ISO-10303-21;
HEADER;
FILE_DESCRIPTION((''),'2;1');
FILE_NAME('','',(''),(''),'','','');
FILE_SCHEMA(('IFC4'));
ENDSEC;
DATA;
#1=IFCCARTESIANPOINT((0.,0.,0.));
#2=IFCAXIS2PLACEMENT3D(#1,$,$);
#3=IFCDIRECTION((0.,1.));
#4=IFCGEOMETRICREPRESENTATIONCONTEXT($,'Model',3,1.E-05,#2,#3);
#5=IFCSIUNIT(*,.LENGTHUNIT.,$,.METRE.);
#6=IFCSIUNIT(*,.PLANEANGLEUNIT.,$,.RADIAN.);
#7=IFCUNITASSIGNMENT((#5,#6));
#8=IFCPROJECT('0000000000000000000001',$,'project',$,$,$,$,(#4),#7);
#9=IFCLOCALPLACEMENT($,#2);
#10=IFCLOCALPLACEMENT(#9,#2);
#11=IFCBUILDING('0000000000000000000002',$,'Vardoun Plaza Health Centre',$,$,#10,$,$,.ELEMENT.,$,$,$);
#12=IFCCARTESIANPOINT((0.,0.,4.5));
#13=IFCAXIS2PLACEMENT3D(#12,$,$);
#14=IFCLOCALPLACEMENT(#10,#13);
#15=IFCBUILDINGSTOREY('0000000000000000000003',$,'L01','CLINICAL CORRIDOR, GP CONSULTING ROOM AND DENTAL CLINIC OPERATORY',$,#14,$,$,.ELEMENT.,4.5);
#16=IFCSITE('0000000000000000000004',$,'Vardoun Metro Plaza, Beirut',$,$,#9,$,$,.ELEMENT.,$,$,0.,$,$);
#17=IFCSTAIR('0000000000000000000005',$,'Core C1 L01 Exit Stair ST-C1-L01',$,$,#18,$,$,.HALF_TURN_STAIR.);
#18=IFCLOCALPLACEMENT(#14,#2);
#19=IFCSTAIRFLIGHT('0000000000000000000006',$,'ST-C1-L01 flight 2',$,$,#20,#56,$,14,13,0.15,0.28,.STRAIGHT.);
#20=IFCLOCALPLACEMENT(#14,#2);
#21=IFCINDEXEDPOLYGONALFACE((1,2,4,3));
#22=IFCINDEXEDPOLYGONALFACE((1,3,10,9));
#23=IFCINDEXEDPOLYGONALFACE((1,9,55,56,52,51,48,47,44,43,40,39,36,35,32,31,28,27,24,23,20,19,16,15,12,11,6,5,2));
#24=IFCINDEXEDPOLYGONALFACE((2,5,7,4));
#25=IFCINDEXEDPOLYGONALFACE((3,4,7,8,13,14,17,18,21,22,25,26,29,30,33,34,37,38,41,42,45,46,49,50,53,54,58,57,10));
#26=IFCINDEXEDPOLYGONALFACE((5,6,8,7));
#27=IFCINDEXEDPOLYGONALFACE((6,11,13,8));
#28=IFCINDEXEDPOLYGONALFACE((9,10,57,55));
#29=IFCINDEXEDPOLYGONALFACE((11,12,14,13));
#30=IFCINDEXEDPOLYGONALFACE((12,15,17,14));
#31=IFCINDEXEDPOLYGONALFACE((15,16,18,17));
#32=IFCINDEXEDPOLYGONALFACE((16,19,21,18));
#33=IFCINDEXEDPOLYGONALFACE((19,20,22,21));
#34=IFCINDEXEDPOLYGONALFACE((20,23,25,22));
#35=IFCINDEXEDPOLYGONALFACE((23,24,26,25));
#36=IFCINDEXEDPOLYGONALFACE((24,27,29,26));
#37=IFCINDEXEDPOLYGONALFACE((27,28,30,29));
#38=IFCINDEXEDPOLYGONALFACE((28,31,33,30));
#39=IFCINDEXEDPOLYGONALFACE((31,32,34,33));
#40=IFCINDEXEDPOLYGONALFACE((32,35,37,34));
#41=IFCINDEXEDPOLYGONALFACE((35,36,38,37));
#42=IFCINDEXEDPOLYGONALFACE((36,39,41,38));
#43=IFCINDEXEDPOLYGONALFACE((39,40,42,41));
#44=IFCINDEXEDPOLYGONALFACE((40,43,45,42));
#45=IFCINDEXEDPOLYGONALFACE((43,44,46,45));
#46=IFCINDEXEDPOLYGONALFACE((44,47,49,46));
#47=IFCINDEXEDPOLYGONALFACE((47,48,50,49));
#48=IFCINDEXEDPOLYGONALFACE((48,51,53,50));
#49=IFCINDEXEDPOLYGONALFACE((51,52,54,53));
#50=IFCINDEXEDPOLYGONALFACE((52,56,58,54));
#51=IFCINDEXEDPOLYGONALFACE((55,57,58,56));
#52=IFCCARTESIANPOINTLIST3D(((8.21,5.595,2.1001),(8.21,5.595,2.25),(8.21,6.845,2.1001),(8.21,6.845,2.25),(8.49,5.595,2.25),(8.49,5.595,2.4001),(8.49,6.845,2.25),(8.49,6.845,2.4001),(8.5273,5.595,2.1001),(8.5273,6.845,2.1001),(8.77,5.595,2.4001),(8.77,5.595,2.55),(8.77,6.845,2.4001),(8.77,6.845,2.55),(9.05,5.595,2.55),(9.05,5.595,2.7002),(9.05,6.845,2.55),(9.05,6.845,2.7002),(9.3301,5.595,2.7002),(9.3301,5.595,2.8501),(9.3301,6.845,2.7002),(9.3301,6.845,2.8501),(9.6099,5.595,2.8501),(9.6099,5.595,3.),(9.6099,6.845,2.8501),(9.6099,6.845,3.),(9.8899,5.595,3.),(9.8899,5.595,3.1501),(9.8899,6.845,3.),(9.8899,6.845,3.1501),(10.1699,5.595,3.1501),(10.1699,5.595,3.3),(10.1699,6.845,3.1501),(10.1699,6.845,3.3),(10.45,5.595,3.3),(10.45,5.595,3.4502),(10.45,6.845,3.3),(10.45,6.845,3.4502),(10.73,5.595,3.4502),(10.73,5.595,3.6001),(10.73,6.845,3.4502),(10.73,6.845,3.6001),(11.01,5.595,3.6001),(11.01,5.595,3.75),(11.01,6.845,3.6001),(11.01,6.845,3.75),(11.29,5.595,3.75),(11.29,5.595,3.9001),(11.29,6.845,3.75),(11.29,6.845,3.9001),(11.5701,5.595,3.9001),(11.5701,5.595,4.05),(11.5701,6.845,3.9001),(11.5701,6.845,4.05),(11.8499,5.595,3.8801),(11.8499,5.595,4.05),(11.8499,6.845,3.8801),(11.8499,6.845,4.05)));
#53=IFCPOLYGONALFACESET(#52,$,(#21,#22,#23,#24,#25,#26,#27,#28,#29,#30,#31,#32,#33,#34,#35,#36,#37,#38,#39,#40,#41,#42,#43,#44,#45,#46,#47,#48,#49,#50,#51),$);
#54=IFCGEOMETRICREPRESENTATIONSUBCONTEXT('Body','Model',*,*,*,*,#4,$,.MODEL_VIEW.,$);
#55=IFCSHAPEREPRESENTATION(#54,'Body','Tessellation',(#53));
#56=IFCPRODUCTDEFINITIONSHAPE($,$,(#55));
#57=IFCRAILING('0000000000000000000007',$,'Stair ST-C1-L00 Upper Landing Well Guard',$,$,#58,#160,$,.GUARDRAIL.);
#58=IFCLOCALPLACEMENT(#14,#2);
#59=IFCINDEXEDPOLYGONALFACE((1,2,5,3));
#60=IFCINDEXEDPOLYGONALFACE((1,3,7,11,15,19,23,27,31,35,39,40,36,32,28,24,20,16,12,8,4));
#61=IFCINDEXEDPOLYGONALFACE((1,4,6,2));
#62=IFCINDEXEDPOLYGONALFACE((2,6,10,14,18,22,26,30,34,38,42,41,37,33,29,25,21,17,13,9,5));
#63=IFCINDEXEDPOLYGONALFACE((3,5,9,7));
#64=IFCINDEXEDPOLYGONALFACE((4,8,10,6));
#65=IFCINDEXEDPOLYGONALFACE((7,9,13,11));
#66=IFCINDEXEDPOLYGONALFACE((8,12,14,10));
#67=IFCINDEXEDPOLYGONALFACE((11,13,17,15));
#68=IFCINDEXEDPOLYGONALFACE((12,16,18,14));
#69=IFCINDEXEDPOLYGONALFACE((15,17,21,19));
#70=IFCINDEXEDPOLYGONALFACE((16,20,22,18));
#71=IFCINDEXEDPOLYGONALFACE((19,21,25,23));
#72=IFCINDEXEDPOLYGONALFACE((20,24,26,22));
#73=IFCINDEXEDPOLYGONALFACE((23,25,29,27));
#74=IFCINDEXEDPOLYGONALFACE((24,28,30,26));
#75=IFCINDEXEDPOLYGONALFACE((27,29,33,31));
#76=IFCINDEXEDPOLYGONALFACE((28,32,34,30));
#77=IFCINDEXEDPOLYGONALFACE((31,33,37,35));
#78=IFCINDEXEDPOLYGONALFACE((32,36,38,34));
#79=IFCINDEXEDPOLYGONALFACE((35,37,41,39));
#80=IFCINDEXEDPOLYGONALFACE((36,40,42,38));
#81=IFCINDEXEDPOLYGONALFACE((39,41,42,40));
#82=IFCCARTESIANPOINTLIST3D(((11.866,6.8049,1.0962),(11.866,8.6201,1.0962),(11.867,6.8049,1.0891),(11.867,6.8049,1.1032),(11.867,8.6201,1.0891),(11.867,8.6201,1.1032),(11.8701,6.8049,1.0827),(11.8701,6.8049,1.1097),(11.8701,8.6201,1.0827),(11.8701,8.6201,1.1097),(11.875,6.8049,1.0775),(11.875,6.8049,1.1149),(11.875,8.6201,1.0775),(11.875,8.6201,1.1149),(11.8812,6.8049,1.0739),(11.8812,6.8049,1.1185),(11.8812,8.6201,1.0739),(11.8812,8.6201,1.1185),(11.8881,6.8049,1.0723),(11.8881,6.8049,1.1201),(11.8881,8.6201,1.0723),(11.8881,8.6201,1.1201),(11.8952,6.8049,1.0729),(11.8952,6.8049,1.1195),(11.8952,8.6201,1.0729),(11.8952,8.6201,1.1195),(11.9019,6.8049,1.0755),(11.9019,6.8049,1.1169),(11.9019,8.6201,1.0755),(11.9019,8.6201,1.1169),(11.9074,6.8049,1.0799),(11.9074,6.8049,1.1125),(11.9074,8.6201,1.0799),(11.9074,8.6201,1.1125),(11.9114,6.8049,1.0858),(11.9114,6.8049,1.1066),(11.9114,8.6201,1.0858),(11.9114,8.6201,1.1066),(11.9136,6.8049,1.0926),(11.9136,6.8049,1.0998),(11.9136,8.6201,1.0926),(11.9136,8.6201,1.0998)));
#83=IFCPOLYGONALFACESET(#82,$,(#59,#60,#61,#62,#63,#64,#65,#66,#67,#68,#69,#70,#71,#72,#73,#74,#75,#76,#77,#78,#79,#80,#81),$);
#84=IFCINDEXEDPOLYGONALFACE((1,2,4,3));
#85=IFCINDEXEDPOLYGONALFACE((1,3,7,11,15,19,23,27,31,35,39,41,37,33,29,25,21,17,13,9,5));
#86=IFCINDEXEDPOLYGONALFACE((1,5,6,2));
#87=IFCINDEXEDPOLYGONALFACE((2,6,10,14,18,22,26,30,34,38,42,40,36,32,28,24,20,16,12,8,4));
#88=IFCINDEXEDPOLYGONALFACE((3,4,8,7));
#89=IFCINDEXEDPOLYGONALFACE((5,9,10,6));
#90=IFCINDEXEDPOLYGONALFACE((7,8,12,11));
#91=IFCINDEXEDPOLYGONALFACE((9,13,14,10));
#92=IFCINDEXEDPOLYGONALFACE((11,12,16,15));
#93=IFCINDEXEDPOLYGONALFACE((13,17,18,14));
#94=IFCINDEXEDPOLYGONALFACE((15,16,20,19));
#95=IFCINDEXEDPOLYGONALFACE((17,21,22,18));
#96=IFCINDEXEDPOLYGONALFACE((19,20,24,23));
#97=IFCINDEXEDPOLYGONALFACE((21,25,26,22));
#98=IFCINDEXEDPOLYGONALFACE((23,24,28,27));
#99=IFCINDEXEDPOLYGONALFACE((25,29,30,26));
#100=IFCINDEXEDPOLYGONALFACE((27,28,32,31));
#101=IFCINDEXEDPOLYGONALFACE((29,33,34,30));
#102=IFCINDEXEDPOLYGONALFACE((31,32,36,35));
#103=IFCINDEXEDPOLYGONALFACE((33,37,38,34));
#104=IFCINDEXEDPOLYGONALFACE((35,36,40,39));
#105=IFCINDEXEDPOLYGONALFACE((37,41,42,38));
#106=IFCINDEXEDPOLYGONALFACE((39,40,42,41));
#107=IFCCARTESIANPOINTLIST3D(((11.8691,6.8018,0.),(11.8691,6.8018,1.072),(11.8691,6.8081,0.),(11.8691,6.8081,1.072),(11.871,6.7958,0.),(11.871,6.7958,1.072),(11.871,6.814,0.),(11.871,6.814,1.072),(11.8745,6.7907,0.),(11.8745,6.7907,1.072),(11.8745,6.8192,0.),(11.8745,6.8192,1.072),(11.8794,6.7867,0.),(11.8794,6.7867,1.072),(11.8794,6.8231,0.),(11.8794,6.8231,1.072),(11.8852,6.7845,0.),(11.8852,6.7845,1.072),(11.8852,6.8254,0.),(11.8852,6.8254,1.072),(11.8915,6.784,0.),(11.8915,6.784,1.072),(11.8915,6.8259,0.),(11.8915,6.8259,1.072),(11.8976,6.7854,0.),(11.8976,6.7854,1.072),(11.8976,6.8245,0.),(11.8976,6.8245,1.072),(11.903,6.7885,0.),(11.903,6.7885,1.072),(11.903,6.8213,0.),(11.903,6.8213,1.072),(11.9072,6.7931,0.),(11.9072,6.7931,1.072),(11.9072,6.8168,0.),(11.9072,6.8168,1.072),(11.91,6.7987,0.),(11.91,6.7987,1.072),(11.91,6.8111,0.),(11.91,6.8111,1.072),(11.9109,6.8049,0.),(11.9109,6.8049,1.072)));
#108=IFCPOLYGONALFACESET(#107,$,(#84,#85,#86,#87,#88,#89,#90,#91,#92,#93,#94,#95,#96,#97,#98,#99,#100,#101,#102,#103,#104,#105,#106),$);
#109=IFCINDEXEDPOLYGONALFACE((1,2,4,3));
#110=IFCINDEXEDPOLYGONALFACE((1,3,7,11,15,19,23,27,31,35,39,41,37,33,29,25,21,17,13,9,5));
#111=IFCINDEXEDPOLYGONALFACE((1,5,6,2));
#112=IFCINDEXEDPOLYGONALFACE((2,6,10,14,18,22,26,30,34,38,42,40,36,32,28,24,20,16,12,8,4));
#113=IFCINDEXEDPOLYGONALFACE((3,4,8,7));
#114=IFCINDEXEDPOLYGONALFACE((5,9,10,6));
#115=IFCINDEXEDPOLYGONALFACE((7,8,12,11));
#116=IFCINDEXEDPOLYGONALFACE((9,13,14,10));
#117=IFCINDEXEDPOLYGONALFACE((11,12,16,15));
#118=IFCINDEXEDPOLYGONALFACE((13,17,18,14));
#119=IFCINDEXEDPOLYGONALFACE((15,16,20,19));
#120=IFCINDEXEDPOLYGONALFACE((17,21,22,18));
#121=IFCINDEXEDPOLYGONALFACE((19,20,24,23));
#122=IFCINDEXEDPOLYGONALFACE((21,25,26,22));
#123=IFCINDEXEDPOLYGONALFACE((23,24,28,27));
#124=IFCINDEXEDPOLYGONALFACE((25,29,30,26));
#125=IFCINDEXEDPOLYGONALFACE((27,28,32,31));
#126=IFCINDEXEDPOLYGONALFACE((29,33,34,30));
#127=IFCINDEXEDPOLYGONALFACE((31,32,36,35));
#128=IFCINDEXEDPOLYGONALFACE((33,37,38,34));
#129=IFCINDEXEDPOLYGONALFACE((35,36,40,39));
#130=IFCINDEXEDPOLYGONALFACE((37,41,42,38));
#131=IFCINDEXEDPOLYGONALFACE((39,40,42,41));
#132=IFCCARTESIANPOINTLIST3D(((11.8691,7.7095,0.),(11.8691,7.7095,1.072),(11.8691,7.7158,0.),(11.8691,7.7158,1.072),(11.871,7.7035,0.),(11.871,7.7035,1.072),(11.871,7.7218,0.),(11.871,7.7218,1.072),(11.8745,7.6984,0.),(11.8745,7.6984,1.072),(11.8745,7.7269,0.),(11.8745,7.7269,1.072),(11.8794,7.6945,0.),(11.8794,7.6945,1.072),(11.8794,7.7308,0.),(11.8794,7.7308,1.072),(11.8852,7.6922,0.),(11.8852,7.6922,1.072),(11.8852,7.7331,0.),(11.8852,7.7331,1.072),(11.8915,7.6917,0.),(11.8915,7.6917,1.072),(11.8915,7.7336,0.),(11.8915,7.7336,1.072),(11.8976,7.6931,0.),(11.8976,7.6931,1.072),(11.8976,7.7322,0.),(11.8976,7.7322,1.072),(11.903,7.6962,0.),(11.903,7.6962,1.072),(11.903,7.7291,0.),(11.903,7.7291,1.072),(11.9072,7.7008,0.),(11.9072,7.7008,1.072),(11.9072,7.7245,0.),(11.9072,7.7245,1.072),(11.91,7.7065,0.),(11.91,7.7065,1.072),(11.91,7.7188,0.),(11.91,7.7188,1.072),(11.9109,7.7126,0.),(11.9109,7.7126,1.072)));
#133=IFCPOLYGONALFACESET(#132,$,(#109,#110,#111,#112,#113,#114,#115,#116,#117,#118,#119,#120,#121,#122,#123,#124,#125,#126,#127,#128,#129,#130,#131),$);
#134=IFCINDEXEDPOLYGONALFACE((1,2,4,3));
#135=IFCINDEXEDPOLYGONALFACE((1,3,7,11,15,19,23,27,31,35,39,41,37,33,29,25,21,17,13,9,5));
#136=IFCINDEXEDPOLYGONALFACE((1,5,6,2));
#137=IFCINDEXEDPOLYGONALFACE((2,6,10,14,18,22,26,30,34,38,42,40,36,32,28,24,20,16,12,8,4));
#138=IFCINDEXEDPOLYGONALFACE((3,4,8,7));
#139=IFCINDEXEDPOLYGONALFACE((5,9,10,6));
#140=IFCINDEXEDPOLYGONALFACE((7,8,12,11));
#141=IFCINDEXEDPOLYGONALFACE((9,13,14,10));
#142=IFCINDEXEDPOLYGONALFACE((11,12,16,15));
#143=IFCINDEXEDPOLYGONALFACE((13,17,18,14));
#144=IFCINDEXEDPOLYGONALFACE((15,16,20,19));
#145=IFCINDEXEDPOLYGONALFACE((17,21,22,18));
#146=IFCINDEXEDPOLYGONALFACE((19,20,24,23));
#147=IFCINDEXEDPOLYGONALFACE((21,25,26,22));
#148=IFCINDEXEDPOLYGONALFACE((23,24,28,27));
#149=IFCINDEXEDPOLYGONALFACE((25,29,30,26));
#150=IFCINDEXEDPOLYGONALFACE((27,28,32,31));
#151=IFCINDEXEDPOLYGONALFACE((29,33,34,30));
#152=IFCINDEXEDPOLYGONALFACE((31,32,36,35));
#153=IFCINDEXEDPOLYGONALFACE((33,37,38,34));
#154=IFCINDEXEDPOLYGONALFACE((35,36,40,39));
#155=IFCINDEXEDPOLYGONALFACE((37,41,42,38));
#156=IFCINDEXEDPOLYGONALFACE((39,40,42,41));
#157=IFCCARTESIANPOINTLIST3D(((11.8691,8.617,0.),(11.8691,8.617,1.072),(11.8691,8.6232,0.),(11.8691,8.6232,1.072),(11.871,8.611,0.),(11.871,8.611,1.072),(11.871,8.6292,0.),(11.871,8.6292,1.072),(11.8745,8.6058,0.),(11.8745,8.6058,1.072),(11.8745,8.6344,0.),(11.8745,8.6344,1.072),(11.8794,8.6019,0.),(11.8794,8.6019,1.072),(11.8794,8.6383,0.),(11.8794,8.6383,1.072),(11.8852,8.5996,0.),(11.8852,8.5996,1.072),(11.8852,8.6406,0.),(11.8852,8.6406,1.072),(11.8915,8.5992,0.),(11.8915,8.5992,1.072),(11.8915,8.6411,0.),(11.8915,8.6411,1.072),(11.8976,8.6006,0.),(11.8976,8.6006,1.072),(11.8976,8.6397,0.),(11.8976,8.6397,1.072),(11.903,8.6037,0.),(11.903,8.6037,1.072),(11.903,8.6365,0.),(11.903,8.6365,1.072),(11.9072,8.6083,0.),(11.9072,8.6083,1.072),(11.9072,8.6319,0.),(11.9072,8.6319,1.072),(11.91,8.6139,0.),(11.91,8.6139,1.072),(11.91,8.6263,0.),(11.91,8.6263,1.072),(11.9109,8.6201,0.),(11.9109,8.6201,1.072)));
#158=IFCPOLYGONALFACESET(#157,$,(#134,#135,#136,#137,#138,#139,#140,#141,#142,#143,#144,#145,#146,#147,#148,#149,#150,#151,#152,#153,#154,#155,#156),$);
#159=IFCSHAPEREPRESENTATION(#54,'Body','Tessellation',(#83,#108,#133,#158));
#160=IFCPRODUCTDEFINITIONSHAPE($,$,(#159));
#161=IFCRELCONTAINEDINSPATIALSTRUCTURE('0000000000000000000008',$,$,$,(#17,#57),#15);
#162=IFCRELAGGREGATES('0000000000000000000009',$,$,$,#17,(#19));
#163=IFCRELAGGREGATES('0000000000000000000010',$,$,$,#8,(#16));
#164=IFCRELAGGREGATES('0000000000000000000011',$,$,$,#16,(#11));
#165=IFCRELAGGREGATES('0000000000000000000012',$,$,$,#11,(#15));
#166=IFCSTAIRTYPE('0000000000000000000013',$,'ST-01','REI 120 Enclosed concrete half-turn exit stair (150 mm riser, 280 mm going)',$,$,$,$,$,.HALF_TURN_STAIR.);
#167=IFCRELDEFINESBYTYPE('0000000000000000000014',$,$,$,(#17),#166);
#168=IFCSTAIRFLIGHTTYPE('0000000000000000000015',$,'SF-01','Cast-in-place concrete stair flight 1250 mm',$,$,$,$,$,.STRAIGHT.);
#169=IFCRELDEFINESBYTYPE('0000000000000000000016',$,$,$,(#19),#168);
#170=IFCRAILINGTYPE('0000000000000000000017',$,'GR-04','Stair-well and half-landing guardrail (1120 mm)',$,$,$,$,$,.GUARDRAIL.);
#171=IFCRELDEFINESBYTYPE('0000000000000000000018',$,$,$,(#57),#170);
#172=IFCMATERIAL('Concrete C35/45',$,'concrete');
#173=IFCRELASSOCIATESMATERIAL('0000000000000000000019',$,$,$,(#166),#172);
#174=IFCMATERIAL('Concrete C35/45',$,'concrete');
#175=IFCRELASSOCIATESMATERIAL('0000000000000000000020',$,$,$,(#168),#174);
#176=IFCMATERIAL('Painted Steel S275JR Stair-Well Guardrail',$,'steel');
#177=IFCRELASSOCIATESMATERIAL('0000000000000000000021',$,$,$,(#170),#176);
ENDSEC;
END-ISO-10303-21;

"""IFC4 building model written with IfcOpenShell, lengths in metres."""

from ifc_helpers import new_model, si_unit, direction, frame, origin, origin_2d, place, context, subcontext, project, spatial, polyline, circle, outline, extrude, material, type_object, element, aggregate, save


model = new_model("IFC4")

# Units and contexts
model_context = context("Model", 3, precision=1e-05, world=origin(), true_north=direction((0.0, 1.0)))
body_context = subcontext(model_context, "Body", "Model", "MODEL_VIEW")
ifc_project = project(units=[si_unit("LENGTHUNIT", "METRE"), si_unit("PLANEANGLEUNIT", "RADIAN")], contexts=[model_context])

# Site, building, storey
site_placement = place(None, origin())
site = spatial("IfcSite", under=ifc_project, at=site_placement, Name="Vardoun Metro Plaza, Beirut", CompositionType="ELEMENT", RefElevation=0.0)
building_placement = place(site_placement, origin())
building = spatial("IfcBuilding", under=site, at=building_placement, Name="Vardoun Plaza Health Centre", CompositionType="ELEMENT")
storey_placement = place(building_placement, frame((0.0, 0.0, 4.5)))
storey = spatial("IfcBuildingStorey", under=building, at=storey_placement, Name="L01", Description="CLINICAL CORRIDOR, GP CONSULTING ROOM AND DENTAL CLINIC OPERATORY", CompositionType="ELEMENT", Elevation=4.5)

# Stair, stair flight
ifc_material_1 = material(Name="Concrete C35/45", Category="concrete")
stair_type = type_object("IfcStairType", Name="ST-01", Description="REI 120 Enclosed concrete half-turn exit stair (150 mm riser, 280 mm going)", PredefinedType="HALF_TURN_STAIR", material=ifc_material_1)
stair_placement = place(storey_placement, origin())
stair = element("IfcStair", 1, at=stair_placement, inside=storey, type_object=stair_type, Name="Core C1 L01 Exit Stair ST-C1-L01", PredefinedType="HALF_TURN_STAIR")
ifc_material_2 = material(Name="Concrete C35/45", Category="concrete")
stair_flight_type = type_object("IfcStairFlightType", Name="SF-01", Description="Cast-in-place concrete stair flight 1250 mm", PredefinedType="STRAIGHT", material=ifc_material_2)
stair_flight_1_placement = place(storey_placement, frame((8.21, 6.22, 2.1001), z_axis=(0.0, 0.0, 1.0), x_axis=(1.0, 0.0, 0.0)))
stair_flight_1 = element("IfcStairFlight", 2, at=stair_flight_1_placement, type_object=stair_flight_type, Name="ST-C1-L01 flight 2", NumberOfRisers=14, NumberOfTreads=13, PredefinedType="STRAIGHT", RiserHeight=0.15, TreadLength=0.28, context=body_context, shape_type="SweptSolid", body=[
    extrude(outline(polyline([(0.0, 0.0), (0.0, 0.1499), (0.28, 0.1499), (0.28, 0.3), (0.5601, 0.3), (0.5601, 0.45), (0.8401, 0.45), (0.8401, 0.6001), (1.1201, 0.6001), (1.1201, 0.75), (1.3999, 0.75), (1.3999, 0.8999), (1.6799, 0.8999), (1.6799, 1.05), (1.96, 1.05), (1.96, 1.2), (2.24, 1.2), (2.24, 1.3501), (2.52, 1.3501), (2.52, 1.5), (2.8, 1.5), (2.8, 1.6499), (3.0801, 1.6499), (3.0801, 1.8), (3.3601, 1.8), (3.3601, 1.95), (3.6399, 1.95), (3.6399, 2.1001), (3.6399, 1.78), (0.3174, 0.0), (0.0, 0.0)])), frame((0.0, 0.625, 0.0), z_axis=(0.0, -1.0, 0.0), x_axis=(1.0, 0.0, 0.0)), (0.0, 0.0, 1.0), 1.25),
])
aggregate(stair, [stair_flight_1])

# Railing
ifc_material_3 = material(Name="Painted Steel S275JR Stair-Well Guardrail", Category="steel")
railing_type_1 = type_object("IfcRailingType", Name="GR-04", Description="Stair-well and half-landing guardrail (1120 mm)", PredefinedType="GUARDRAIL", material=ifc_material_3)
railing_1_placement = place(storey_placement, frame((11.8899, 6.8049, 0.0)))
element("IfcRailing", 3, at=railing_1_placement, inside=storey, type_object=railing_type_1, Name="Stair ST-C1-L00 Upper Landing Well Guard", PredefinedType="GUARDRAIL", context=body_context, shape_type="SweptSolid", body=[
    extrude(circle(Radius=0.0239, at=origin_2d()), frame((0.0, 0.0, 1.0962), z_axis=(0.0, 1.0, 0.0), x_axis=(-1.0, 0.0, 0.0)), (0.0, 0.0, 1.0), 1.8152),
    extrude(circle(Radius=0.021, at=origin_2d()), origin(), (0.0, 0.0, 1.0), 1.072),
    extrude(circle(Radius=0.021, at=origin_2d()), frame((0.0, 0.9077, 0.0)), (0.0, 0.0, 1.0), 1.072),
    extrude(circle(Radius=0.021, at=origin_2d()), frame((0.0, 1.8152, 0.0)), (0.0, 0.0, 1.0), 1.072),
])

save(model, "model.ifc")
